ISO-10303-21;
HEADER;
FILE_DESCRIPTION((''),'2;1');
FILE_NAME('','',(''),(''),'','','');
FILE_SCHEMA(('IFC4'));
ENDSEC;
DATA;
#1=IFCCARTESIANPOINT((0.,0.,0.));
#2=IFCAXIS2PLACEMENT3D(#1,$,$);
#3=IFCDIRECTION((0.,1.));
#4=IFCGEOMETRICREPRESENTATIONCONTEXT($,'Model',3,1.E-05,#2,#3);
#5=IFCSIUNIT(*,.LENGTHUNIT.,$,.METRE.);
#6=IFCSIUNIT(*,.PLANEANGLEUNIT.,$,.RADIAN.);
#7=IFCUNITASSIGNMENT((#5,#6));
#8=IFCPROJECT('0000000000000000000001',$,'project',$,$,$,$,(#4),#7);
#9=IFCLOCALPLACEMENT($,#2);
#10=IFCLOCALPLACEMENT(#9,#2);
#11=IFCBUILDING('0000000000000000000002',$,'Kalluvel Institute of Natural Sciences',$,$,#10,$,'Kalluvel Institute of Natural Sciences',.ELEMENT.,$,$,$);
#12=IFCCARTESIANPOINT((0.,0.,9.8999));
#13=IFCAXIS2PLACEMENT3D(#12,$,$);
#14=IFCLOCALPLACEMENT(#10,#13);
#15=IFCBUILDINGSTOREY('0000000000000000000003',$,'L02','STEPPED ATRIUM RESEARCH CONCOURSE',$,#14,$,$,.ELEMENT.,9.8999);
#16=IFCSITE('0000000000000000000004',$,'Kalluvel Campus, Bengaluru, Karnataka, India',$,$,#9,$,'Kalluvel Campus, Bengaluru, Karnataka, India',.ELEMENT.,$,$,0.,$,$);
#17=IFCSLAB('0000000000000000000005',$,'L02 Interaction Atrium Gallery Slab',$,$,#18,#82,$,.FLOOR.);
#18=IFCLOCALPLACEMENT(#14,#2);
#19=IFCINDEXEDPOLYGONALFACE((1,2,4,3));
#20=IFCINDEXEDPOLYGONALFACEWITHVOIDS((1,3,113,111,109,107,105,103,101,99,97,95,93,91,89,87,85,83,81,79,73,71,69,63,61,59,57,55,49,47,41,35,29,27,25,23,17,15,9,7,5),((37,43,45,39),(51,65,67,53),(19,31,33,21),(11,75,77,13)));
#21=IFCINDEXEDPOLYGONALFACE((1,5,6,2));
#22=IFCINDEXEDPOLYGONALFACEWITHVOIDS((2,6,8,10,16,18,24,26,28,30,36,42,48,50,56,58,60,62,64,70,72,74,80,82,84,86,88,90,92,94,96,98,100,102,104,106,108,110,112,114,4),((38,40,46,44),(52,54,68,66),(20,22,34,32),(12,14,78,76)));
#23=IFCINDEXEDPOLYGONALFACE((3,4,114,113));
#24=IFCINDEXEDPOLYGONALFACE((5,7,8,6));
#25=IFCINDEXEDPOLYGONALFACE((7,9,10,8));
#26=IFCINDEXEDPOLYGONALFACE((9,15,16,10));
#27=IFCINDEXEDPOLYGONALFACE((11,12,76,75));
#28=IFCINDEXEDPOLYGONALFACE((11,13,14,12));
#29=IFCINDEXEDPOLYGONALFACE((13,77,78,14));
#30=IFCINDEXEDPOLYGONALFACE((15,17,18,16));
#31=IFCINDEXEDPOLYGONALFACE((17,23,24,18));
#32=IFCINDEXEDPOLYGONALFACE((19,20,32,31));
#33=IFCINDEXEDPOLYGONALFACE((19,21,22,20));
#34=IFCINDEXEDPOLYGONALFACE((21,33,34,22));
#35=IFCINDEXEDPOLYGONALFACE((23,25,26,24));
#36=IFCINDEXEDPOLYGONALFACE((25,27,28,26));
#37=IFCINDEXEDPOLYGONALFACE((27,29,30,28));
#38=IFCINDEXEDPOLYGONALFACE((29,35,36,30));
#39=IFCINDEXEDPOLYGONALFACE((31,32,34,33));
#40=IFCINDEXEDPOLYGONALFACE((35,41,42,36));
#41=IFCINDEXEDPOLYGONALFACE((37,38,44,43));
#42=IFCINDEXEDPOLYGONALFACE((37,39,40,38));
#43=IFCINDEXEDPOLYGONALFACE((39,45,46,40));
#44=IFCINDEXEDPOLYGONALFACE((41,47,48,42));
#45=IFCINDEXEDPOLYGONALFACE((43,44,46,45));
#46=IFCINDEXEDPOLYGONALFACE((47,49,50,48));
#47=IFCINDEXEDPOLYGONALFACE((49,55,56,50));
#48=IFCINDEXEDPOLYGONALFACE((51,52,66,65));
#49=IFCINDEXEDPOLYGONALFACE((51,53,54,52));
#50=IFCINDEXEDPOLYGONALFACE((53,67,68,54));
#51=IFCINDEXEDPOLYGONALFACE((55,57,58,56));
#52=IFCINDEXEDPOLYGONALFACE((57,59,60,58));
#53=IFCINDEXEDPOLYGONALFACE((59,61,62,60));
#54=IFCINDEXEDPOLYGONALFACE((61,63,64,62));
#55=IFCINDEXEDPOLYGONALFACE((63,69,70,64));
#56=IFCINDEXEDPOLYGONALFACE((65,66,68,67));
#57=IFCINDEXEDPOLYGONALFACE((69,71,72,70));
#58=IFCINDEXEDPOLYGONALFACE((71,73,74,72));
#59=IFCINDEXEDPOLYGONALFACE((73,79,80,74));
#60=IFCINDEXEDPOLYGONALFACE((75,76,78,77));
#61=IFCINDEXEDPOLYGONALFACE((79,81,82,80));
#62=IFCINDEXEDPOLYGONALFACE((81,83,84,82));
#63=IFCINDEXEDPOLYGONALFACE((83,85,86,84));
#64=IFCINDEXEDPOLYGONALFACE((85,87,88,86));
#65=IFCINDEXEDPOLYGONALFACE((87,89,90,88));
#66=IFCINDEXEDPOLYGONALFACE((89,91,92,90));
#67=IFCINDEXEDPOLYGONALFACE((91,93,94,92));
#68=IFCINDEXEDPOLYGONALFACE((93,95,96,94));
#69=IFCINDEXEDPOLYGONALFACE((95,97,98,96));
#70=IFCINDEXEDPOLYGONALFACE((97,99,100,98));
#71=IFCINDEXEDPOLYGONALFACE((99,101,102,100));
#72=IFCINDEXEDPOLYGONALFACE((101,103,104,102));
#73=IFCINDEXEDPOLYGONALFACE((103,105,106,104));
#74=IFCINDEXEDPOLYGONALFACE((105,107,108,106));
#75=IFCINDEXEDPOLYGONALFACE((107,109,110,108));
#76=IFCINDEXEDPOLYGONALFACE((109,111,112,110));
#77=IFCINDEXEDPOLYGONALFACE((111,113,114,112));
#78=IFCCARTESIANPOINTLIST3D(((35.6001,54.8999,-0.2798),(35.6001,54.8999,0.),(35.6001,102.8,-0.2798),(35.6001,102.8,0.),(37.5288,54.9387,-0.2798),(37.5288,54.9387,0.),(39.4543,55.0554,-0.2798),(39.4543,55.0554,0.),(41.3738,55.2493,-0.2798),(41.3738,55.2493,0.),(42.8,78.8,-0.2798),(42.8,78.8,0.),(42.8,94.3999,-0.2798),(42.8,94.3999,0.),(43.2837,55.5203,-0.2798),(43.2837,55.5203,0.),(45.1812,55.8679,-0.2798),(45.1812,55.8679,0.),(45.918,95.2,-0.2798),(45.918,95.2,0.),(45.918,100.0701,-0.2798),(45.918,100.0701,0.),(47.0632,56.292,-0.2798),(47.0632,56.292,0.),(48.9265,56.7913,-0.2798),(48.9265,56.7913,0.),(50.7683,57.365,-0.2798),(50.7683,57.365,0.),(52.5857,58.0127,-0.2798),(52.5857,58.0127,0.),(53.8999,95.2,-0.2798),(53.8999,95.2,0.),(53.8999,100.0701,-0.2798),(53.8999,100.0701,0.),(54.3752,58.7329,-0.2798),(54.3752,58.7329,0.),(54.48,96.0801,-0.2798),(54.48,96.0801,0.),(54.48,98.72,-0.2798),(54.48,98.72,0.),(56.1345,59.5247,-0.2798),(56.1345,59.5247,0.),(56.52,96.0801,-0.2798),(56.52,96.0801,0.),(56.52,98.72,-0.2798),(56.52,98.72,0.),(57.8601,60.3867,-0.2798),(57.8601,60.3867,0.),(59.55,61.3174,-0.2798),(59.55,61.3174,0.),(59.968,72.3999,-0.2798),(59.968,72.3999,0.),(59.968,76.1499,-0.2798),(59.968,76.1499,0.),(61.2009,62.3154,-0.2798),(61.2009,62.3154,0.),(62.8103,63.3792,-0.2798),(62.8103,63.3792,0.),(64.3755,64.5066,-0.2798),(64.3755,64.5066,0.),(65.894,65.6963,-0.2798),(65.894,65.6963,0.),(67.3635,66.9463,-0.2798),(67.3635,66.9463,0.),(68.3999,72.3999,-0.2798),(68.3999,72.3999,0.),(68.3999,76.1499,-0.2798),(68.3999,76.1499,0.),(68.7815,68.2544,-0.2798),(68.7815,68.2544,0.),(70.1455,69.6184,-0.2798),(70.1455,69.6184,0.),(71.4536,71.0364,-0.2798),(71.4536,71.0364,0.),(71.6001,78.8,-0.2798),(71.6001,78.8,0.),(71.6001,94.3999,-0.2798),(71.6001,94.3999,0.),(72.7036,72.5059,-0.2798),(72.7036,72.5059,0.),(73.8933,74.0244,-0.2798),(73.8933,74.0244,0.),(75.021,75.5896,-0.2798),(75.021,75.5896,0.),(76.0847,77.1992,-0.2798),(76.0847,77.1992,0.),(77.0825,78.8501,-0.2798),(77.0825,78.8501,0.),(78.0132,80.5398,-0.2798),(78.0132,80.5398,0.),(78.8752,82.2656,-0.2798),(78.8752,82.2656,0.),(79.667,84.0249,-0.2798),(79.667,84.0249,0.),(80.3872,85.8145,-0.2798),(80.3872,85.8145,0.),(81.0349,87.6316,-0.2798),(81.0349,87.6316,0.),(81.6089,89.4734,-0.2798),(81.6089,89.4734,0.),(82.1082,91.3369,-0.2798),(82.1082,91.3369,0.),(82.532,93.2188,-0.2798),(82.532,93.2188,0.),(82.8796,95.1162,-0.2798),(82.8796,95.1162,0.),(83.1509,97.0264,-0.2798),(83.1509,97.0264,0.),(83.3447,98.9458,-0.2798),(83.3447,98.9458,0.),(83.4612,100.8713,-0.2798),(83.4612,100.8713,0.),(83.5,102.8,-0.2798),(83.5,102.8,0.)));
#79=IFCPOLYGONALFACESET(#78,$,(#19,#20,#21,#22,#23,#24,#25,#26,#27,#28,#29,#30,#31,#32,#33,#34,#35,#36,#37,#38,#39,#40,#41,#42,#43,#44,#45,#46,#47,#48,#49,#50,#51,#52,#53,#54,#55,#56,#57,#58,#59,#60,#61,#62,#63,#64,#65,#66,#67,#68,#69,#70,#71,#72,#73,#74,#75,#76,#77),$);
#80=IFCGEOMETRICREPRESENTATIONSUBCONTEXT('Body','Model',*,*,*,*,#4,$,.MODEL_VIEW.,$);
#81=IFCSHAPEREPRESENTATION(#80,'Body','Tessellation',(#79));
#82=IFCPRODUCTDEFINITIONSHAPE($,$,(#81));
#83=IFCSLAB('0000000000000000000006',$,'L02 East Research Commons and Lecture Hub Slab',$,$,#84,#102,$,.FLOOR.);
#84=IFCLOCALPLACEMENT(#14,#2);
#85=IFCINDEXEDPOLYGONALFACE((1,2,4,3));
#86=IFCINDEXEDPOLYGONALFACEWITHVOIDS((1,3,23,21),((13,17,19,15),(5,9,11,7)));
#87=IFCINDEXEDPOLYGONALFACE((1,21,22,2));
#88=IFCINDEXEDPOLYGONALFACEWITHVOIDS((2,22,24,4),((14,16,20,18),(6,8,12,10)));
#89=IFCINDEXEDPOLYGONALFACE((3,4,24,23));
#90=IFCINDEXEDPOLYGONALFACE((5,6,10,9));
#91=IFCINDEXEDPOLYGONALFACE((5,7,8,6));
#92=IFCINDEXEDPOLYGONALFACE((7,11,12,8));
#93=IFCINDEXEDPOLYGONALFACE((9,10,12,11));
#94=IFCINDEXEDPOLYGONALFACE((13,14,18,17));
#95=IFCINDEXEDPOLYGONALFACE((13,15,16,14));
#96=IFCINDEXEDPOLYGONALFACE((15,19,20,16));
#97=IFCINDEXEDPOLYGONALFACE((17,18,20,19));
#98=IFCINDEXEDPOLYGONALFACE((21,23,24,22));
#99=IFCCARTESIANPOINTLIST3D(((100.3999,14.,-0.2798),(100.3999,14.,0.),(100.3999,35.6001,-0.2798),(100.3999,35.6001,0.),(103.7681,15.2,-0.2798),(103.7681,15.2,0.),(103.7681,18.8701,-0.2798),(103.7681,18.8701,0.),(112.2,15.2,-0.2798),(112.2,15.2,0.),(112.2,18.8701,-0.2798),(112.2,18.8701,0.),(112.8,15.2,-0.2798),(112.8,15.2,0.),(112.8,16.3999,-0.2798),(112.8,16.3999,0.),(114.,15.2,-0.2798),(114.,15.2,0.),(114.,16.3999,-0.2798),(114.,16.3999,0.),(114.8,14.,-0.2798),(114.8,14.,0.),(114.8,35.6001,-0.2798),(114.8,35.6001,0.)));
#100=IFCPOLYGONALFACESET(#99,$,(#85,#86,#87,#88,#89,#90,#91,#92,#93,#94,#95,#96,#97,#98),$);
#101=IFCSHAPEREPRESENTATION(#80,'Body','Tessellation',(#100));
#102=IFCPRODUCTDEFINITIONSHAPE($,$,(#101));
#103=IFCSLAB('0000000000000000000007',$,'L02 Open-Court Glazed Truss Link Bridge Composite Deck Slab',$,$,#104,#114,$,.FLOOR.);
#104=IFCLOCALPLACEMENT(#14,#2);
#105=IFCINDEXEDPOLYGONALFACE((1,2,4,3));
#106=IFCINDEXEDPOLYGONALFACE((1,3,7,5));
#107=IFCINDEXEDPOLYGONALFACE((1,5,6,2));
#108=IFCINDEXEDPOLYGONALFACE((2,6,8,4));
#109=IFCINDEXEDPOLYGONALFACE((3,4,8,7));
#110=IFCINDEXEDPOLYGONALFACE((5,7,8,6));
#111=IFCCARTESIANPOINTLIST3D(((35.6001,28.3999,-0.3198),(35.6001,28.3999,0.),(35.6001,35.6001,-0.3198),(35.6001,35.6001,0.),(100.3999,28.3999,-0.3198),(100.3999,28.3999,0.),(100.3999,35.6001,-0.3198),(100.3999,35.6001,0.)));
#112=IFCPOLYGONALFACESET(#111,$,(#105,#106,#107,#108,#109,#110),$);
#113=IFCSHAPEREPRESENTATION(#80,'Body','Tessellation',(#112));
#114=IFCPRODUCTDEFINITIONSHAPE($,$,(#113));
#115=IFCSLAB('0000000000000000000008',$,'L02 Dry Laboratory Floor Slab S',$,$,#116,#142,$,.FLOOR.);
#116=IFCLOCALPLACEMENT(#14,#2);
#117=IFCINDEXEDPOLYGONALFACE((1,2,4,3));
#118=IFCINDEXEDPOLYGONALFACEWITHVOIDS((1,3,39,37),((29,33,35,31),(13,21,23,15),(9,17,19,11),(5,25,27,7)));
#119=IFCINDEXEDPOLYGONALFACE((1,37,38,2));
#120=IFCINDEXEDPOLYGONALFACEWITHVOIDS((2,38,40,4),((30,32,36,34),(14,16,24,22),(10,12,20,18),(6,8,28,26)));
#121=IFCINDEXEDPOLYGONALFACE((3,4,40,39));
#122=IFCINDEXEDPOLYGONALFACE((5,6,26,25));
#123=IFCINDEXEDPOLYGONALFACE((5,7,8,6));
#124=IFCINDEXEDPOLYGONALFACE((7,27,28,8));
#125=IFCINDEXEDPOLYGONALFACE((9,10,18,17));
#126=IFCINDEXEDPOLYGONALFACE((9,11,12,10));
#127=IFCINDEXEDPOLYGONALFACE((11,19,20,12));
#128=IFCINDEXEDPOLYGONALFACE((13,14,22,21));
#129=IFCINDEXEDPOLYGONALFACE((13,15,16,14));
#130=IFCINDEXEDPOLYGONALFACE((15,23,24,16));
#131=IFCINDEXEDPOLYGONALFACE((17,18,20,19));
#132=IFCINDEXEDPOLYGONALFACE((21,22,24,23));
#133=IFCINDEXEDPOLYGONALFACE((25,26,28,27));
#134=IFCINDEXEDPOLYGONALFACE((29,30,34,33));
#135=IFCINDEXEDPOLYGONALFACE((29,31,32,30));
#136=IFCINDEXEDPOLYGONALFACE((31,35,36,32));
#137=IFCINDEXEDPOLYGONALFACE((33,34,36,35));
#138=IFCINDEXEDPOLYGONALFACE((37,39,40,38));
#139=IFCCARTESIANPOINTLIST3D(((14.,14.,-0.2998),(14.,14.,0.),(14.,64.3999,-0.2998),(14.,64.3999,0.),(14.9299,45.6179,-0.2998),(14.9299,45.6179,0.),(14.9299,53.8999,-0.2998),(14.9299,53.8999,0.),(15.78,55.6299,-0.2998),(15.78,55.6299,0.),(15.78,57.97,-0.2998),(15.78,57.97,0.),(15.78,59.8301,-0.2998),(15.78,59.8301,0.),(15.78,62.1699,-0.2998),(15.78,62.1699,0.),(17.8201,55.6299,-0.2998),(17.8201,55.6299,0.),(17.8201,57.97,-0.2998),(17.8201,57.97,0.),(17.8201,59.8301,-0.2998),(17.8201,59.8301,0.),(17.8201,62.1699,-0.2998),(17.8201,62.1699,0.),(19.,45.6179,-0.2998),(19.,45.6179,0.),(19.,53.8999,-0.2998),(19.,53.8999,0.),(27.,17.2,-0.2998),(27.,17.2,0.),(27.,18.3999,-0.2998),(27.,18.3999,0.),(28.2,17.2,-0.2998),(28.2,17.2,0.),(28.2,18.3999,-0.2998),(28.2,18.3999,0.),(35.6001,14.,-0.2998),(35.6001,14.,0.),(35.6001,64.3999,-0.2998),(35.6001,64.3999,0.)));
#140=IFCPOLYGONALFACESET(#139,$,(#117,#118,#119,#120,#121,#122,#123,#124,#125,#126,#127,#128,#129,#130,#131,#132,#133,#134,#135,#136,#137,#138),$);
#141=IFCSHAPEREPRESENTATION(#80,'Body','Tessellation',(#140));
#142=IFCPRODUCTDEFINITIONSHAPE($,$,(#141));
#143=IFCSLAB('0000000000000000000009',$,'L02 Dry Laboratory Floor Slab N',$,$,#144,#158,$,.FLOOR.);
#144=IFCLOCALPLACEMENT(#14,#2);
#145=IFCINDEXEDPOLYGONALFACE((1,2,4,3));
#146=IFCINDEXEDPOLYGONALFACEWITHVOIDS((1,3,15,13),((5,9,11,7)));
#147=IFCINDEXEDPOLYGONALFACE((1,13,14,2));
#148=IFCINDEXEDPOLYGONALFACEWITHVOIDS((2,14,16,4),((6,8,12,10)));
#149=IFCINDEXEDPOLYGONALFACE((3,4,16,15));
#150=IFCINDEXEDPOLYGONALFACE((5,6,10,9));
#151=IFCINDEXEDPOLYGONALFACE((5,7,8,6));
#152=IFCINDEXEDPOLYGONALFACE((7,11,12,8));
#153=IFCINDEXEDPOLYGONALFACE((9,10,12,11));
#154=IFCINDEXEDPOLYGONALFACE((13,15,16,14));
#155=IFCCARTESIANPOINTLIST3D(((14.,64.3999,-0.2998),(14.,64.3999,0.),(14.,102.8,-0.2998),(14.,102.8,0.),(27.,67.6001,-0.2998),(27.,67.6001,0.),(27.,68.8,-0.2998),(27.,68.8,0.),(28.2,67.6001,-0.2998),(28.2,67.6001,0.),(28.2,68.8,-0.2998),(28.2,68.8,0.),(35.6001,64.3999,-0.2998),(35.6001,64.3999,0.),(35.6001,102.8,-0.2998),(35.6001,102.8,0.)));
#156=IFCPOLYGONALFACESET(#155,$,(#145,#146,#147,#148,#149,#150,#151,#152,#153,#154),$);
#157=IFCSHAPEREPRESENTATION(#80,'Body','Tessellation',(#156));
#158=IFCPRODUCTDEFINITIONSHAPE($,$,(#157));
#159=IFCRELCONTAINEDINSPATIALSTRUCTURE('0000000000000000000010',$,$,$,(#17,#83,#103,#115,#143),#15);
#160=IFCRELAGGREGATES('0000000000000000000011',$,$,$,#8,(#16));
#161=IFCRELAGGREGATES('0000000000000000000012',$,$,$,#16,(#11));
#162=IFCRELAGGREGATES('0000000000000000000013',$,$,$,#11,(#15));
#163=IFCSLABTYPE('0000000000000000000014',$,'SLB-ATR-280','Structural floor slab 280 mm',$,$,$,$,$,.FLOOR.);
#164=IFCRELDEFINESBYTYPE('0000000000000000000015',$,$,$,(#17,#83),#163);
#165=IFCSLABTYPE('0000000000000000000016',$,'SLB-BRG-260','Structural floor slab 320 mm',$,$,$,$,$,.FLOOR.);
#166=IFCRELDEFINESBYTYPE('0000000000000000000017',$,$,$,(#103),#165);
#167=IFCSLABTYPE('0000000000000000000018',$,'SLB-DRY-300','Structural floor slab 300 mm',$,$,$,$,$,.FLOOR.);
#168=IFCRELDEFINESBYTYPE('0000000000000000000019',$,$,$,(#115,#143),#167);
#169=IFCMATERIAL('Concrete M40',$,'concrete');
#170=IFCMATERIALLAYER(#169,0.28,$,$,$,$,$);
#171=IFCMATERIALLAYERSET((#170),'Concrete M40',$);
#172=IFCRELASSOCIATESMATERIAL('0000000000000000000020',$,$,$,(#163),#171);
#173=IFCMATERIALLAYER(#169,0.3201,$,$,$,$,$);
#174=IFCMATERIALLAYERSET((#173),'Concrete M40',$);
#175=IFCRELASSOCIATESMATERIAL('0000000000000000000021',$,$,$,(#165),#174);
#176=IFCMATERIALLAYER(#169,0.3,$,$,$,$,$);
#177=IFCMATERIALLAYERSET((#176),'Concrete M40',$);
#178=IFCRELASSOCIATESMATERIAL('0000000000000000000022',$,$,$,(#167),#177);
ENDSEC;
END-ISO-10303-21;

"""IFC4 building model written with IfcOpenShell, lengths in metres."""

from ifc_helpers import new_model, si_unit, direction, frame, origin, place, context, subcontext, project, spatial, polyline, outline, extrude, material, layer, layer_set, type_object, element, save


model = new_model("IFC4")

# Units and contexts
model_context = context("Model", 3, precision=1e-05, world=origin(), true_north=direction((0.0, 1.0)))
body_context = subcontext(model_context, "Body", "Model", "MODEL_VIEW")
ifc_project = project(units=[si_unit("LENGTHUNIT", "METRE"), si_unit("PLANEANGLEUNIT", "RADIAN")], contexts=[model_context])

# Site, building, storey
site_placement = place(None, origin())
site = spatial("IfcSite", under=ifc_project, at=site_placement, Name="Kalluvel Campus, Bengaluru, Karnataka, India", LongName="Kalluvel Campus, Bengaluru, Karnataka, India", CompositionType="ELEMENT", RefElevation=0.0)
building_placement = place(site_placement, origin())
building = spatial("IfcBuilding", under=site, at=building_placement, Name="Kalluvel Institute of Natural Sciences", LongName="Kalluvel Institute of Natural Sciences", CompositionType="ELEMENT")
storey_placement = place(building_placement, frame((0.0, 0.0, 9.8999)))
storey = spatial("IfcBuildingStorey", under=building, at=storey_placement, Name="L02", Description="STEPPED ATRIUM RESEARCH CONCOURSE", CompositionType="ELEMENT", Elevation=9.8999)

# Slabs
ifc_material_1 = material(Name="Concrete M40", Category="concrete")
ifc_layer_1 = layer(ifc_material_1, 0.28)
ifc_layer_set_1 = layer_set([ifc_layer_1], Name="Concrete M40")
slab_type_1 = type_object("IfcSlabType", Name="SLB-ATR-280", Description="Structural floor slab 280 mm", PredefinedType="FLOOR", material=ifc_layer_set_1)
slab_1_placement = place(storey_placement, frame((0.0, 0.0, -0.2798)))
element("IfcSlab", 1, at=slab_1_placement, inside=storey, type_object=slab_type_1, Name="L02 Interaction Atrium Gallery Slab", PredefinedType="FLOOR", context=body_context, shape_type="SweptSolid", body=[
    extrude(outline(polyline([(35.6001, 102.8), (35.6001, 54.8999), (37.5288, 54.9387), (39.4543, 55.0554), (41.3738, 55.2493), (43.2837, 55.5203), (45.1812, 55.8679), (47.0632, 56.292), (48.9265, 56.7913), (50.7683, 57.365), (52.5857, 58.0127), (54.3752, 58.7329), (56.1345, 59.5247), (57.8601, 60.3867), (59.55, 61.3174), (61.2009, 62.3154), (62.8103, 63.3792), (64.3755, 64.5066), (65.894, 65.6963), (67.3635, 66.9463), (68.7815, 68.2544), (70.1455, 69.6184), (71.4536, 71.0364), (72.7036, 72.5059), (73.8933, 74.0244), (75.021, 75.5896), (76.0847, 77.1992), (77.0825, 78.8501), (78.0132, 80.5398), (78.8752, 82.2656), (79.667, 84.0249), (80.3872, 85.8145), (81.0349, 87.6316), (81.6089, 89.4734), (82.1082, 91.3369), (82.532, 93.2188), (82.8796, 95.1162), (83.1509, 97.0264), (83.3447, 98.9458), (83.4612, 100.8713), (83.5, 102.8), (35.6001, 102.8)]), holes=[polyline([(45.918, 95.2), (53.8999, 95.2), (53.8999, 100.0701), (45.918, 100.0701), (45.918, 95.2)]), polyline([(59.968, 72.3999), (68.3999, 72.3999), (68.3999, 76.1499), (59.968, 76.1499), (59.968, 72.3999)]), polyline([(54.48, 96.0801), (56.52, 96.0801), (56.52, 98.72), (54.48, 98.72), (54.48, 96.0801)]), polyline([(42.8, 78.8), (71.6001, 78.8), (71.6001, 94.3999), (42.8, 94.3999), (42.8, 78.8)])]), origin(), (0.0, 0.0, 1.0), 0.2798),
])
slab_2_placement = place(storey_placement, frame((0.0, 0.0, -0.2798)))
element("IfcSlab", 2, at=slab_2_placement, inside=storey, type_object=slab_type_1, Name="L02 East Research Commons and Lecture Hub Slab", PredefinedType="FLOOR", context=body_context, shape_type="SweptSolid", body=[
    extrude(outline(polyline([(100.3999, 14.0), (114.8, 14.0), (114.8, 35.6001), (100.3999, 35.6001), (100.3999, 14.0)]), holes=[polyline([(112.8, 16.3999), (114.0, 16.3999), (114.0, 15.2), (112.8, 15.2), (112.8, 16.3999)]), polyline([(103.7681, 18.8701), (112.2, 18.8701), (112.2, 15.2), (103.7681, 15.2), (103.7681, 18.8701)])]), origin(), (0.0, 0.0, 1.0), 0.2798),
])
ifc_layer_2 = layer(ifc_material_1, 0.3201)
ifc_layer_set_2 = layer_set([ifc_layer_2], Name="Concrete M40")
slab_type_2 = type_object("IfcSlabType", Name="SLB-BRG-260", Description="Structural floor slab 320 mm", PredefinedType="FLOOR", material=ifc_layer_set_2)
slab_3_placement = place(storey_placement, frame((0.0, 0.0, -0.3198)))
element("IfcSlab", 3, at=slab_3_placement, inside=storey, type_object=slab_type_2, Name="L02 Open-Court Glazed Truss Link Bridge Composite Deck Slab", PredefinedType="FLOOR", context=body_context, shape_type="SweptSolid", body=[
    extrude(outline(polyline([(35.6001, 28.3999), (100.3999, 28.3999), (100.3999, 35.6001), (35.6001, 35.6001), (35.6001, 28.3999)])), origin(), (0.0, 0.0, 1.0), 0.3198),
])
ifc_layer_3 = layer(ifc_material_1, 0.3)
ifc_layer_set_3 = layer_set([ifc_layer_3], Name="Concrete M40")
slab_type_3 = type_object("IfcSlabType", Name="SLB-DRY-300", Description="Structural floor slab 300 mm", PredefinedType="FLOOR", material=ifc_layer_set_3)
slab_4_placement = place(storey_placement, frame((0.0, 0.0, -0.2998)))
element("IfcSlab", 4, at=slab_4_placement, inside=storey, type_object=slab_type_3, Name="L02 Dry Laboratory Floor Slab S", PredefinedType="FLOOR", context=body_context, shape_type="SweptSolid", body=[
    extrude(outline(polyline([(14.0, 14.0), (35.6001, 14.0), (35.6001, 64.3999), (14.0, 64.3999), (14.0, 14.0)]), holes=[polyline([(28.2, 18.3999), (28.2, 17.2), (27.0, 17.2), (27.0, 18.3999), (28.2, 18.3999)]), polyline([(14.9299, 53.8999), (19.0, 53.8999), (19.0, 45.6179), (14.9299, 45.6179), (14.9299, 53.8999)]), polyline([(17.8201, 57.97), (17.8201, 55.6299), (15.78, 55.6299), (15.78, 57.97), (17.8201, 57.97)]), polyline([(17.8201, 62.1699), (17.8201, 59.8301), (15.78, 59.8301), (15.78, 62.1699), (17.8201, 62.1699)])]), origin(), (0.0, 0.0, 1.0), 0.2998),
])
slab_5_placement = place(storey_placement, frame((0.0, 0.0, -0.2998)))
element("IfcSlab", 5, at=slab_5_placement, inside=storey, type_object=slab_type_3, Name="L02 Dry Laboratory Floor Slab N", PredefinedType="FLOOR", context=body_context, shape_type="SweptSolid", body=[
    extrude(outline(polyline([(14.0, 64.3999), (35.6001, 64.3999), (35.6001, 102.8), (14.0, 102.8), (14.0, 64.3999)]), holes=[polyline([(27.0, 67.6001), (27.0, 68.8), (28.2, 68.8), (28.2, 67.6001), (27.0, 67.6001)])]), origin(), (0.0, 0.0, 1.0), 0.2998),
])

save(model, "model.ifc")
